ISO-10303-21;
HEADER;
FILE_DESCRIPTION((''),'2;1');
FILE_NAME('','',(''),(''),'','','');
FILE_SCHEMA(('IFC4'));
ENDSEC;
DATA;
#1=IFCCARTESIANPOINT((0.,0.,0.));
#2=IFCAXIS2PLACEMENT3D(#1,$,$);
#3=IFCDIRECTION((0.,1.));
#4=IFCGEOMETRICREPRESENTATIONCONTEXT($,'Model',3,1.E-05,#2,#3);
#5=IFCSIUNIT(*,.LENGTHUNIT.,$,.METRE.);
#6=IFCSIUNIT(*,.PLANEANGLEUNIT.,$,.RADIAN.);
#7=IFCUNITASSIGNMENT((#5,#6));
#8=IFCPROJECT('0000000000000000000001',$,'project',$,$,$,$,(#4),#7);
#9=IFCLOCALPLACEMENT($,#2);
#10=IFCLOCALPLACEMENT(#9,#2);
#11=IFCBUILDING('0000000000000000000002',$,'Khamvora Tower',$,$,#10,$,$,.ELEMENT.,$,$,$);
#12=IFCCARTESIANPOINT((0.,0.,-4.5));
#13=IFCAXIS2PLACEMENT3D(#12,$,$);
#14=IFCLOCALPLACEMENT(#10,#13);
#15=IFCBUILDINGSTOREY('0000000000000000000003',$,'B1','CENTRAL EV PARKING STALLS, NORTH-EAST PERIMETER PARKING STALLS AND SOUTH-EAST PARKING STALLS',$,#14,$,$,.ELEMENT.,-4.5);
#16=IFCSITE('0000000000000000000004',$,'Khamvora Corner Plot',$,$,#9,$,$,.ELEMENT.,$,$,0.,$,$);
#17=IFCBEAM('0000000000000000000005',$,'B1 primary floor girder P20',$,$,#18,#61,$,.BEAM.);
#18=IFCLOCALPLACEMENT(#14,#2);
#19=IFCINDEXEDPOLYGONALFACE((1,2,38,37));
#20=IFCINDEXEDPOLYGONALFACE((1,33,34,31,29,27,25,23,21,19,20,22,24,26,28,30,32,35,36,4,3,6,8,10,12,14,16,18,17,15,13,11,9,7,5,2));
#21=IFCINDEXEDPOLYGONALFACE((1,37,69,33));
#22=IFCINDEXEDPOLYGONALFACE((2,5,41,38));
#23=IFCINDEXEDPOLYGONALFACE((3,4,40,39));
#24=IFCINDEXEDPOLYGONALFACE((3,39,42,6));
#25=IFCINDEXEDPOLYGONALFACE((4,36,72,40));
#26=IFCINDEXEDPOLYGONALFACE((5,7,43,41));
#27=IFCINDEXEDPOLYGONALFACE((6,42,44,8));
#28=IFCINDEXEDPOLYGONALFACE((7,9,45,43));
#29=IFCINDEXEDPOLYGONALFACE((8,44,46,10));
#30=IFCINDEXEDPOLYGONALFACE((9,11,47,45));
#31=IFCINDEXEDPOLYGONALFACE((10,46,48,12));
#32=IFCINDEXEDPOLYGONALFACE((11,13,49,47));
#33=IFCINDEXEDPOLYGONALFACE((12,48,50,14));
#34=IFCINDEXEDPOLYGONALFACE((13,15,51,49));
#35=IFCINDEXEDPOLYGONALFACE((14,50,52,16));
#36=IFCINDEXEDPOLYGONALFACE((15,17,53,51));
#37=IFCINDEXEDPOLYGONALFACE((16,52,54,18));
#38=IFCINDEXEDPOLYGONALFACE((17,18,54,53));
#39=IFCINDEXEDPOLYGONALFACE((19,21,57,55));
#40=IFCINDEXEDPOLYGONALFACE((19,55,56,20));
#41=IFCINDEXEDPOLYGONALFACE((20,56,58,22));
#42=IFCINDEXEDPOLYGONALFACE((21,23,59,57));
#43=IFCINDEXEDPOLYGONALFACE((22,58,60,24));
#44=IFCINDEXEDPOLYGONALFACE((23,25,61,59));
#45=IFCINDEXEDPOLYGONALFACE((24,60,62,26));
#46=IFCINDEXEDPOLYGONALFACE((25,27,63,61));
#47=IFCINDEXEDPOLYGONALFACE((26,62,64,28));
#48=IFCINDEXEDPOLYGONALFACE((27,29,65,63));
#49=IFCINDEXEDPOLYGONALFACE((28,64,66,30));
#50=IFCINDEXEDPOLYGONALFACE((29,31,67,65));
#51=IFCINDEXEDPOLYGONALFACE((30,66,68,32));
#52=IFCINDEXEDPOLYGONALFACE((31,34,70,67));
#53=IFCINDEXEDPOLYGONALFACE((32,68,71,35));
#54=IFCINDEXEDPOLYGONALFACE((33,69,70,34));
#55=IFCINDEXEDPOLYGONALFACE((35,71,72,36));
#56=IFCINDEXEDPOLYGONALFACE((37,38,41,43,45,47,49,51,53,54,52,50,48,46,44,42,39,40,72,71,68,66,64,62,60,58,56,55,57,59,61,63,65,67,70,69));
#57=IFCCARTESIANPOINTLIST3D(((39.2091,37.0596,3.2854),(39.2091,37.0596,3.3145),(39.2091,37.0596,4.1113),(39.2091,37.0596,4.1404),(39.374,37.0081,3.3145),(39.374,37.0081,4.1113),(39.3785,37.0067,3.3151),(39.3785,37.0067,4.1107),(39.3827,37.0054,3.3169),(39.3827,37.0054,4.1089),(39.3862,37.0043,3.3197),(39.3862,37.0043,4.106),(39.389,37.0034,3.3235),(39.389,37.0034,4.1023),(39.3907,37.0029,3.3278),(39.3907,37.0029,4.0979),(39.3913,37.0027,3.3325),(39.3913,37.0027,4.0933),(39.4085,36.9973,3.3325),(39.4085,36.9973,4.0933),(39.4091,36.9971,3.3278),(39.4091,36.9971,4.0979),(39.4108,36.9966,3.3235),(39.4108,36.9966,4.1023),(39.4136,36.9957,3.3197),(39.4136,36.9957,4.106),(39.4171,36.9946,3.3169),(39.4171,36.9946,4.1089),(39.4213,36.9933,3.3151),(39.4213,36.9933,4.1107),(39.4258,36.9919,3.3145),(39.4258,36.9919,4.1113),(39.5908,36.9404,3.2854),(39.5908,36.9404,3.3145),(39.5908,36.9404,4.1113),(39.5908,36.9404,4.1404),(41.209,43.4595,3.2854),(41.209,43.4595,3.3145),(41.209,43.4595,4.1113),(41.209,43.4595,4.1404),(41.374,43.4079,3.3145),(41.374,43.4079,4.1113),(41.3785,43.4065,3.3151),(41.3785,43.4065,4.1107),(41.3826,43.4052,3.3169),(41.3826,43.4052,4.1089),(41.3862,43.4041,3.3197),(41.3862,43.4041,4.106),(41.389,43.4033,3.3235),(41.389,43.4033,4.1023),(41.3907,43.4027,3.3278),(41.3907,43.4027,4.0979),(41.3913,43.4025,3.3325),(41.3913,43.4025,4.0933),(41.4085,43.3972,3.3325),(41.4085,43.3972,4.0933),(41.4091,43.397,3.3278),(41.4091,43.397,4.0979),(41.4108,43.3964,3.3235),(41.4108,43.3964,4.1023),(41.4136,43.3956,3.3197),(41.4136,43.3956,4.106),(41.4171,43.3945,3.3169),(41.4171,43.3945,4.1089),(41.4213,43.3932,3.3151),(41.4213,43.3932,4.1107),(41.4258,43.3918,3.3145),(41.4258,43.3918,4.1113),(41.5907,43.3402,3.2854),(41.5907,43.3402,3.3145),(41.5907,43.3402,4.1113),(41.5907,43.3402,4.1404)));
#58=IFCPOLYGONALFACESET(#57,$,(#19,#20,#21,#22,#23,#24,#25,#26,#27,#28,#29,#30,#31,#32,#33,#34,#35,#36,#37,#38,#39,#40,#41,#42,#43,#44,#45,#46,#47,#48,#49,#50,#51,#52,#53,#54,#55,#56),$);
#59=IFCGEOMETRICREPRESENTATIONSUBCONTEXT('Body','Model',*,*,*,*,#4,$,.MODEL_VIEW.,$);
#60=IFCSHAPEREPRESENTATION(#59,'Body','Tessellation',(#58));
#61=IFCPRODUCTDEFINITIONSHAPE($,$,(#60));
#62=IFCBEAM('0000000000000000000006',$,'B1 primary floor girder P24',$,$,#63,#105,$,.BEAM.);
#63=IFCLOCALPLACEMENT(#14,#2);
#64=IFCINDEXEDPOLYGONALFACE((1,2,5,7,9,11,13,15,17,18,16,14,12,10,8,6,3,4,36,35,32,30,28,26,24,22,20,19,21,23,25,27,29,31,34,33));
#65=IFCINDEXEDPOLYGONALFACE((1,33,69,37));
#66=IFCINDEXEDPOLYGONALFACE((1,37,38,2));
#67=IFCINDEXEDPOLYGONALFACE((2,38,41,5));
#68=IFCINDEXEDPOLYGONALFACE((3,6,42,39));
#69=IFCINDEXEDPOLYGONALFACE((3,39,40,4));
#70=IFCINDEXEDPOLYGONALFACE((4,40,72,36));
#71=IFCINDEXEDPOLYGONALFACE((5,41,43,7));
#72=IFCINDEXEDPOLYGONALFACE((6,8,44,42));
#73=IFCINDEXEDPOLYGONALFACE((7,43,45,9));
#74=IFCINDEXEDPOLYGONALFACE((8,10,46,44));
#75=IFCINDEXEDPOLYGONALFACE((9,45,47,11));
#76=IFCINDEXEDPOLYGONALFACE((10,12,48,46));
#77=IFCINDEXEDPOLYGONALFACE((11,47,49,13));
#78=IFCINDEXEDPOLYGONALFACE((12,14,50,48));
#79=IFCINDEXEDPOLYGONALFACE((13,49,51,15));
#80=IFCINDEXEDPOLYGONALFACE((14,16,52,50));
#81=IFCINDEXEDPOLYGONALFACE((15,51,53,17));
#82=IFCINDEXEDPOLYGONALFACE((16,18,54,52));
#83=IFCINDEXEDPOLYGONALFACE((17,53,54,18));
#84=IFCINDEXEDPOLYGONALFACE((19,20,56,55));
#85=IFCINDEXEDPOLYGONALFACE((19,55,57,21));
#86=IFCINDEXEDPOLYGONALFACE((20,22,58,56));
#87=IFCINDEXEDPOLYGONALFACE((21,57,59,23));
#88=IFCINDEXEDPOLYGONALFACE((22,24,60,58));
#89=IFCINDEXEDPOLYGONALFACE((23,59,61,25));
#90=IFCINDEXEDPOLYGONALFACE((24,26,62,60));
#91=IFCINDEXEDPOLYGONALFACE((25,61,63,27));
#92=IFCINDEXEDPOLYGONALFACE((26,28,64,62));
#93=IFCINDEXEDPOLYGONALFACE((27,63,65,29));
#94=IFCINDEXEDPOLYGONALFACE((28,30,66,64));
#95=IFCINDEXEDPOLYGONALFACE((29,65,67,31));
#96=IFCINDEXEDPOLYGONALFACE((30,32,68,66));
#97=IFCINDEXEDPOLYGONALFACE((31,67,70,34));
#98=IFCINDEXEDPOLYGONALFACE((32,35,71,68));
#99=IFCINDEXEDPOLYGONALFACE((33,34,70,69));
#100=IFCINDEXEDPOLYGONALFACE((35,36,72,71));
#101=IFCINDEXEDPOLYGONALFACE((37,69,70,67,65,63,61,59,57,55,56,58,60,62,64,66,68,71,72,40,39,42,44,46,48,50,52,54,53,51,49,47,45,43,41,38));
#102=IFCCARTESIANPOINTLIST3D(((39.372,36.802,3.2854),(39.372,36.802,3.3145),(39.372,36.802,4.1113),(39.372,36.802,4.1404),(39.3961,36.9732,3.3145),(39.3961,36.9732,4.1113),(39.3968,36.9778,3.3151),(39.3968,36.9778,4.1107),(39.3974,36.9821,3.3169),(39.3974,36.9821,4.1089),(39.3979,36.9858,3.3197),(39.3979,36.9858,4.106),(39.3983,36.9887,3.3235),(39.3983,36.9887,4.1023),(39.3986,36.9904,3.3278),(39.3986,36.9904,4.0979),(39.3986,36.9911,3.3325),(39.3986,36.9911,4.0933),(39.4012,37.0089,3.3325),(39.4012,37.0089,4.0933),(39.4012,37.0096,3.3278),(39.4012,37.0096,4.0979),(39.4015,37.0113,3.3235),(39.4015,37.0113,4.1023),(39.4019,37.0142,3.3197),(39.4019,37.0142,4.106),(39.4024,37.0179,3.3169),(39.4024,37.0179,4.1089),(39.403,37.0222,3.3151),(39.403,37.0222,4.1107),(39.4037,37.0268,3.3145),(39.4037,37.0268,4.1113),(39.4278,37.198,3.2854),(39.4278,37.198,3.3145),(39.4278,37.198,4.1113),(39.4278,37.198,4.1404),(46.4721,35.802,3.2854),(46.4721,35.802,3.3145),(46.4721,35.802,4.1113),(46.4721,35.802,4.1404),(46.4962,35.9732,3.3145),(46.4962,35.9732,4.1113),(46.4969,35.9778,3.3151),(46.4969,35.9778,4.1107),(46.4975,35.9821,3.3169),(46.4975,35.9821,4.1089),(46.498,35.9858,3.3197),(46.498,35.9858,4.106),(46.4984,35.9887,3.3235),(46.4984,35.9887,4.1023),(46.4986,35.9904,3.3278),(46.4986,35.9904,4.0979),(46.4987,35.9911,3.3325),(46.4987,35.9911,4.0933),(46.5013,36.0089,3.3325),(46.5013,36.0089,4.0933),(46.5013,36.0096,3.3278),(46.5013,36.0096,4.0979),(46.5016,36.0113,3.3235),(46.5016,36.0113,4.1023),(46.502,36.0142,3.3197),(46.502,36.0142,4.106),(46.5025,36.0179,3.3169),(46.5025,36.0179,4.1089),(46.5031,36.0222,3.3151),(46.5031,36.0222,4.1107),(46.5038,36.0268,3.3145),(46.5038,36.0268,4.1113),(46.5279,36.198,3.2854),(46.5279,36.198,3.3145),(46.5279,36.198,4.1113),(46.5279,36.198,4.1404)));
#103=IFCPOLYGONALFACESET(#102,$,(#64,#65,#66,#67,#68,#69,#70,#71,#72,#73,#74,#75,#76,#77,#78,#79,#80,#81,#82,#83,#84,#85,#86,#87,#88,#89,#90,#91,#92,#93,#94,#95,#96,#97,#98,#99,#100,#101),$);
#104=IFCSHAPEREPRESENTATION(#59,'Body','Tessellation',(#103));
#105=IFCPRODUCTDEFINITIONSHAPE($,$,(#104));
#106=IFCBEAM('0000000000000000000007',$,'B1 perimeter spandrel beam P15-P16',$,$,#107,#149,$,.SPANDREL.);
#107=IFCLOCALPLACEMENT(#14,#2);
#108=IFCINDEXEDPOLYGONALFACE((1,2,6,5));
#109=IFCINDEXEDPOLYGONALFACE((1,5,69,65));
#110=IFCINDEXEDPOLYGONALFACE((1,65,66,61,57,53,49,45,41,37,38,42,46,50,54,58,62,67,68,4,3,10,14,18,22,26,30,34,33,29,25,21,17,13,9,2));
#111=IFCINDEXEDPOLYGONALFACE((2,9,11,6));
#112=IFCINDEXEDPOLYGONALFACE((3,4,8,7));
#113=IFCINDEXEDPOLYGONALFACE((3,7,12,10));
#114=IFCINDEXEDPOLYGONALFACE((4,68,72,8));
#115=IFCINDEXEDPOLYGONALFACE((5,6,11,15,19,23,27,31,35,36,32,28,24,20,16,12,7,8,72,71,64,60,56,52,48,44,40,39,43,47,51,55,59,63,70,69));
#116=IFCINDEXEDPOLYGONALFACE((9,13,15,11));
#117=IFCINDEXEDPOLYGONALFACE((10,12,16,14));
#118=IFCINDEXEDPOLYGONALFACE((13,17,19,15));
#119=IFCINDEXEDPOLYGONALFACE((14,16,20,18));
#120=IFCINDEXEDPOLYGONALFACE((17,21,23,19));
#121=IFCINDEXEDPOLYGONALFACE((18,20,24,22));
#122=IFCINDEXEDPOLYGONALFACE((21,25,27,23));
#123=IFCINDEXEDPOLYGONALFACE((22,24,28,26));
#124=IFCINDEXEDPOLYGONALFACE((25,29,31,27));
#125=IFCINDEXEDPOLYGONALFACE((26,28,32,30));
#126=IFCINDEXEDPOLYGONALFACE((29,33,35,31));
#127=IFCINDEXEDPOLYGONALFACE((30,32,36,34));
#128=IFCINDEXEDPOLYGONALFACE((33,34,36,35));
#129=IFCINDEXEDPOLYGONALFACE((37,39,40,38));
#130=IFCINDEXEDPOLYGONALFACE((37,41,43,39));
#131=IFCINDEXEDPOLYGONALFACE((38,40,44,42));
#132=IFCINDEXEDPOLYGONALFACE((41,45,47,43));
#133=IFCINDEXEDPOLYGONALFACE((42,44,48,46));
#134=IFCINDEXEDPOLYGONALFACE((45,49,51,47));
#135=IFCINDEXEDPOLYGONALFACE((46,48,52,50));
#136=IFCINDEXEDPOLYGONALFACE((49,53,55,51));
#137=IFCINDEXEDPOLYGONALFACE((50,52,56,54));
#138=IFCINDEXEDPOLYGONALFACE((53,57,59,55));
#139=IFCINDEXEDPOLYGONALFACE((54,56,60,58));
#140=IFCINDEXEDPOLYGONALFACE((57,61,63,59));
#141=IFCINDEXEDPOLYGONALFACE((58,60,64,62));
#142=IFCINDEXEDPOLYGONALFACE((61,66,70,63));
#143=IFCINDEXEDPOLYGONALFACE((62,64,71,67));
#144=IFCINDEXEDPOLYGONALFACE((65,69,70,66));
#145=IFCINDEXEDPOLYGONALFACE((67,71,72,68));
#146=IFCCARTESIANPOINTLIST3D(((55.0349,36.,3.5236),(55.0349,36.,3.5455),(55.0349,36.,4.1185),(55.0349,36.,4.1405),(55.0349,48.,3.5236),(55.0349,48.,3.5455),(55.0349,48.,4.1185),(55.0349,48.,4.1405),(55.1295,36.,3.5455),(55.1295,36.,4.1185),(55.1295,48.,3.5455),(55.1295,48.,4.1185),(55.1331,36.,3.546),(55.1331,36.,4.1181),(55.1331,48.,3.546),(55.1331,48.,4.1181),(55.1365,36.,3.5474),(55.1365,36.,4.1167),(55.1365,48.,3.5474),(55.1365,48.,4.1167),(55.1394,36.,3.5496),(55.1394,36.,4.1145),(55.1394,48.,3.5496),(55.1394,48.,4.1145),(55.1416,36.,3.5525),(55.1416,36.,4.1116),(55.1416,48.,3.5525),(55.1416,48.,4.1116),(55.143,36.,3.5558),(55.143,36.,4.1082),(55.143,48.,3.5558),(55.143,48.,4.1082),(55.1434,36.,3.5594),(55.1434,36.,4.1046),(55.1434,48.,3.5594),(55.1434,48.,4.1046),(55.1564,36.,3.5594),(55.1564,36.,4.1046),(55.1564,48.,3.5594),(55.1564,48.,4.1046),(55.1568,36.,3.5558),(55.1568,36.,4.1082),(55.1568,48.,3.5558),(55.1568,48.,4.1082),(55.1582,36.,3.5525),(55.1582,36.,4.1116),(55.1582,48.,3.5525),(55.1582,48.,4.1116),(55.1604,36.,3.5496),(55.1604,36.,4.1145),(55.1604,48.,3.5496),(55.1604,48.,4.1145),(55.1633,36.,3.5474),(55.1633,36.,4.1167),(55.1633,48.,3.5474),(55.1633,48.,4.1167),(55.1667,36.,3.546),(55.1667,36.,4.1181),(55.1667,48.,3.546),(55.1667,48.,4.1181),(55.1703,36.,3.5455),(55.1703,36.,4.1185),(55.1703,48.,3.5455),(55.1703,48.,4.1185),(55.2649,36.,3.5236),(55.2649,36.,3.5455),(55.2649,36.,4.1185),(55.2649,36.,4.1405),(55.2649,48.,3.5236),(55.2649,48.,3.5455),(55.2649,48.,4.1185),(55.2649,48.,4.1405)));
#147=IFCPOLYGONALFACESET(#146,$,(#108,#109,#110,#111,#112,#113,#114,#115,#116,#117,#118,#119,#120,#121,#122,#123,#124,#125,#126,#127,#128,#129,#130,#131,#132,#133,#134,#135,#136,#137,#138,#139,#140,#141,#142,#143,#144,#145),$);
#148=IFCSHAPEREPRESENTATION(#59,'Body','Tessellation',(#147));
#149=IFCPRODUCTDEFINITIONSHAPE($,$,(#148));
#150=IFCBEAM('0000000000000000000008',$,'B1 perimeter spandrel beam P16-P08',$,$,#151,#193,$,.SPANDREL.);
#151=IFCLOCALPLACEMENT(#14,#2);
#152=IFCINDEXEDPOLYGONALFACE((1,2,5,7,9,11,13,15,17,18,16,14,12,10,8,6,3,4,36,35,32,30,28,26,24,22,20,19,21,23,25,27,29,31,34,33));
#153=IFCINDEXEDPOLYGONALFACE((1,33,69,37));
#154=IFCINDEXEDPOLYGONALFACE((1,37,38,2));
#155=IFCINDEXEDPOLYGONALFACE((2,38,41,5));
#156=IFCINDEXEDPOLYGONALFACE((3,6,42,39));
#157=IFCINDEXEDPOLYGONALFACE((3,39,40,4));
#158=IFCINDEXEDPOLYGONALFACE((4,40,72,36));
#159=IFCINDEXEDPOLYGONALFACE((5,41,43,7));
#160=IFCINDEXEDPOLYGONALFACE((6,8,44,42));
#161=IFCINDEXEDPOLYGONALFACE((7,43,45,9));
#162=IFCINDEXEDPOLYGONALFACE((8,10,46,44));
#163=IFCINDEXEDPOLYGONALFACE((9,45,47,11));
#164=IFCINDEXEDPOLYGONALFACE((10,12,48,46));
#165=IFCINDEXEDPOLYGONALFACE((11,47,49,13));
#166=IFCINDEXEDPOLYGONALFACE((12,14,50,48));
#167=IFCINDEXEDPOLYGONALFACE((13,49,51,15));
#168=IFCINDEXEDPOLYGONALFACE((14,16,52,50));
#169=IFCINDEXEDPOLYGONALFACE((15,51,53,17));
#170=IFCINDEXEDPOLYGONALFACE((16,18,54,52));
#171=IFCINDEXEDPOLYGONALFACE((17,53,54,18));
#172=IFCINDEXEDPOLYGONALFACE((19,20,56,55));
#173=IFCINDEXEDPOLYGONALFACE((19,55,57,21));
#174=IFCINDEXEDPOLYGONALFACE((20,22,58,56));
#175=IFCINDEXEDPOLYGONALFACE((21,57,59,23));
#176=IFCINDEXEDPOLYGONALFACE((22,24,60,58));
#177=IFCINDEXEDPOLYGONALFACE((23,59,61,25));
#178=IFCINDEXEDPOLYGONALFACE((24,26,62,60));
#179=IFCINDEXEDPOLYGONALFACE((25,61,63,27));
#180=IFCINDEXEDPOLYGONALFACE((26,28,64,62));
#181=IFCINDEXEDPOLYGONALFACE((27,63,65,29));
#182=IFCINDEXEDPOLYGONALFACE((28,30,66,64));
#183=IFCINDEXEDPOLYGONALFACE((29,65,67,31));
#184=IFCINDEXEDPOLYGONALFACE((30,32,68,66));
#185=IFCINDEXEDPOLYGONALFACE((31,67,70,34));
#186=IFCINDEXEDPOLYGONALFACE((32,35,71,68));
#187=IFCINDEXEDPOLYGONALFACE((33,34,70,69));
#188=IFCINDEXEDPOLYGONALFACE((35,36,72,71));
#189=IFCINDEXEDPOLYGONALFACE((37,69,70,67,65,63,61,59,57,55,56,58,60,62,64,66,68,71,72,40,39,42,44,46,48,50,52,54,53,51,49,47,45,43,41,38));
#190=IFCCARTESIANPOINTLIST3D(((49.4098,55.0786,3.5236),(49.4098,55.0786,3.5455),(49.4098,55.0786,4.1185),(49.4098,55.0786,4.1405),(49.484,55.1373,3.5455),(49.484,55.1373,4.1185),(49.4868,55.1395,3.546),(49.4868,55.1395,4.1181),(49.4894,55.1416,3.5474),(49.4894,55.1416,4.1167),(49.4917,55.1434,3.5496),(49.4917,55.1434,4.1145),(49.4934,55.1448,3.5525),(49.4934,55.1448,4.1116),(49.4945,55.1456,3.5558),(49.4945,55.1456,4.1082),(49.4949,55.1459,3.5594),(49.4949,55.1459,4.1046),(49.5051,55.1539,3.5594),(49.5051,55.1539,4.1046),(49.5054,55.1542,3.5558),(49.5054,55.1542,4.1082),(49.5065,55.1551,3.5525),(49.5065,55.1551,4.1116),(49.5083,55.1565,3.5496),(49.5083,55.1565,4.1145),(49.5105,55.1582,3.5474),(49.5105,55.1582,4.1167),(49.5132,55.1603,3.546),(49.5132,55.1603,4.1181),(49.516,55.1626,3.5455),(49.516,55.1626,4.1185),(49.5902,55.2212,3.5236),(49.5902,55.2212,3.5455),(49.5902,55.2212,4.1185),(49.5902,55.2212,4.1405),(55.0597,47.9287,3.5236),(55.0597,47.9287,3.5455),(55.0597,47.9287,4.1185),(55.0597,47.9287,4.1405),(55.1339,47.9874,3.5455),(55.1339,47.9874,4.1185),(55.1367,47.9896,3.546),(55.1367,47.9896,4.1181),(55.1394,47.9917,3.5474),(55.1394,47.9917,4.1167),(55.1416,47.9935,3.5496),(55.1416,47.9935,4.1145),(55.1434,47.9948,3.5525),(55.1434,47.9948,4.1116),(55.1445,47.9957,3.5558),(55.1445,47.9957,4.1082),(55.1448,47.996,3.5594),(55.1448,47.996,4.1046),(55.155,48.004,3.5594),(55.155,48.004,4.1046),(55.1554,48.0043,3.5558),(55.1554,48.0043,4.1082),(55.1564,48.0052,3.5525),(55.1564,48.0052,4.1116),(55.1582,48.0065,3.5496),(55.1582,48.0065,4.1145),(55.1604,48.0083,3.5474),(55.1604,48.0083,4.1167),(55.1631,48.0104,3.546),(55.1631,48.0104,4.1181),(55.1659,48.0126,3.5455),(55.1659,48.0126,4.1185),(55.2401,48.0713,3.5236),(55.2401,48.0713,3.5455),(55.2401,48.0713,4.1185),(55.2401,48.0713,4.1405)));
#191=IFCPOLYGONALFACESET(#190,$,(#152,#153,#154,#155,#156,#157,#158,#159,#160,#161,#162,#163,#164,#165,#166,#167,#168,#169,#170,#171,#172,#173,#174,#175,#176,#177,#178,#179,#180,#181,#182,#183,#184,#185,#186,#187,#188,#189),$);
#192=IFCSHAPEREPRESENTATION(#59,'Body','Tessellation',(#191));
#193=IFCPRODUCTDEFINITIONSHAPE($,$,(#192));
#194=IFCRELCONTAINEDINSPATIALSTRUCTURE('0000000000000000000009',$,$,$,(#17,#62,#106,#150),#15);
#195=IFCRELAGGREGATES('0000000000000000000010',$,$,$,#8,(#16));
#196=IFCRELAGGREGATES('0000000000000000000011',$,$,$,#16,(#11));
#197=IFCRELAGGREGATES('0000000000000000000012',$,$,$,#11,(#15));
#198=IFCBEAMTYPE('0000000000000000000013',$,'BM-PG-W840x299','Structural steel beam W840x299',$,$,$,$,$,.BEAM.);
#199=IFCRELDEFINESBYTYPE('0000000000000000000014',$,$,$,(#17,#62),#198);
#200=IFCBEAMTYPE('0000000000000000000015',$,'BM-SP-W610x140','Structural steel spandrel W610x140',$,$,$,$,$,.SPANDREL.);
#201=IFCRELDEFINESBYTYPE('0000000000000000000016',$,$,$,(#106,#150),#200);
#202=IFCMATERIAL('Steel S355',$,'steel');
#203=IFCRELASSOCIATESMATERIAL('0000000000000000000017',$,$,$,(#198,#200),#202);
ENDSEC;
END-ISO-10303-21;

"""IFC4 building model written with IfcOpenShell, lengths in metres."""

from ifc_helpers import new_model, si_unit, direction, frame, origin, origin_2d, place, context, subcontext, project, spatial, i_section, extrude, material, material_profile, profile_set, type_object, element, save


model = new_model("IFC4")

# Units and contexts
model_context = context("Model", 3, precision=1e-05, world=origin(), true_north=direction((0.0, 1.0)))
body_context = subcontext(model_context, "Body", "Model", "MODEL_VIEW")
ifc_project = project(units=[si_unit("LENGTHUNIT", "METRE"), si_unit("PLANEANGLEUNIT", "RADIAN")], contexts=[model_context])

# Site, building, storey
site_placement = place(None, origin())
site = spatial("IfcSite", under=ifc_project, at=site_placement, Name="Khamvora Corner Plot", CompositionType="ELEMENT", RefElevation=0.0)
building_placement = place(site_placement, origin())
building = spatial("IfcBuilding", under=site, at=building_placement, Name="Khamvora Tower", CompositionType="ELEMENT")
storey_placement = place(building_placement, frame((0.0, 0.0, -4.5)))
storey = spatial("IfcBuildingStorey", under=building, at=storey_placement, Name="B1", Description="CENTRAL EV PARKING STALLS, NORTH-EAST PERIMETER PARKING STALLS AND SOUTH-EAST PARKING STALLS", CompositionType="ELEMENT", Elevation=-4.5)

# Beams
ifc_material_1 = material(Name="Steel S355", Category="steel")
ifc_material_profile_1 = material_profile(ifc_material_1, i_section(OverallWidth=0.3999, OverallDepth=0.855, WebThickness=0.0181, FlangeThickness=0.0291, FilletRadius=0.0181, at=origin_2d()), Name="W840x299")
ifc_profile_set_1 = profile_set([ifc_material_profile_1], Name="Steel S355")
beam_type_1 = type_object("IfcBeamType", Name="BM-PG-W840x299", Description="Structural steel beam W840x299", PredefinedType="BEAM", material=ifc_profile_set_1)
beam_1_placement = place(storey_placement, frame((39.3999, 37.0, 3.7129), z_axis=(0.298279, 0.954479, 0.0), x_axis=(-0.954479, 0.298279, 0.0)))
element("IfcBeam", 1, at=beam_1_placement, inside=storey, type_object=beam_type_1, Name="B1 primary floor girder P20", PredefinedType="BEAM", context=body_context, shape_type="SweptSolid", body=[
    extrude(i_section(OverallWidth=0.3999, OverallDepth=0.855, WebThickness=0.0181, FlangeThickness=0.0291, FilletRadius=0.0181, at=origin_2d()), origin(), (0.0, 0.0, 1.0), 6.7051),
])
beam_2_placement = place(storey_placement, frame((39.3999, 37.0, 3.7129), z_axis=(0.990227, -0.139467, 0.0), x_axis=(0.139467, 0.990227, 0.0)))
element("IfcBeam", 2, at=beam_2_placement, inside=storey, type_object=beam_type_1, Name="B1 primary floor girder P24", PredefinedType="BEAM", context=body_context, shape_type="SweptSolid", body=[
    extrude(i_section(OverallWidth=0.3999, OverallDepth=0.855, WebThickness=0.0181, FlangeThickness=0.0291, FilletRadius=0.0181, at=origin_2d()), origin(), (0.0, 0.0, 1.0), 7.1702),
])
ifc_material_profile_2 = material_profile(ifc_material_1, i_section(OverallWidth=0.23, OverallDepth=0.6169, WebThickness=0.0129, FlangeThickness=0.022, FilletRadius=0.0139, at=origin_2d()), Name="W610x140")
ifc_profile_set_2 = profile_set([ifc_material_profile_2], Name="Steel S355")
beam_type_2 = type_object("IfcBeamType", Name="BM-SP-W610x140", Description="Structural steel spandrel W610x140", PredefinedType="SPANDREL", material=ifc_profile_set_2)
beam_3_placement = place(storey_placement, frame((55.1499, 36.0, 3.832), z_axis=(0.0, 1.0, 0.0), x_axis=(-1.0, 0.0, 0.0)))
element("IfcBeam", 3, at=beam_3_placement, inside=storey, type_object=beam_type_2, Name="B1 perimeter spandrel beam P15-P16", PredefinedType="SPANDREL", context=body_context, shape_type="SweptSolid", body=[
    extrude(i_section(OverallWidth=0.23, OverallDepth=0.6169, WebThickness=0.0129, FlangeThickness=0.022, FilletRadius=0.0139, at=origin_2d()), origin(), (0.0, 0.0, 1.0), 12.0),
])
beam_4_placement = place(storey_placement, frame((55.1499, 48.0, 3.832), z_axis=(-0.619999, 0.784603, 0.0), x_axis=(-0.784603, -0.619999, 0.0)))
element("IfcBeam", 4, at=beam_4_placement, inside=storey, type_object=beam_type_2, Name="B1 perimeter spandrel beam P16-P08", PredefinedType="SPANDREL", context=body_context, shape_type="SweptSolid", body=[
    extrude(i_section(OverallWidth=0.23, OverallDepth=0.6169, WebThickness=0.0129, FlangeThickness=0.022, FilletRadius=0.0139, at=origin_2d()), origin(), (0.0, 0.0, 1.0), 9.1128),
])

save(model, "model.ifc")
